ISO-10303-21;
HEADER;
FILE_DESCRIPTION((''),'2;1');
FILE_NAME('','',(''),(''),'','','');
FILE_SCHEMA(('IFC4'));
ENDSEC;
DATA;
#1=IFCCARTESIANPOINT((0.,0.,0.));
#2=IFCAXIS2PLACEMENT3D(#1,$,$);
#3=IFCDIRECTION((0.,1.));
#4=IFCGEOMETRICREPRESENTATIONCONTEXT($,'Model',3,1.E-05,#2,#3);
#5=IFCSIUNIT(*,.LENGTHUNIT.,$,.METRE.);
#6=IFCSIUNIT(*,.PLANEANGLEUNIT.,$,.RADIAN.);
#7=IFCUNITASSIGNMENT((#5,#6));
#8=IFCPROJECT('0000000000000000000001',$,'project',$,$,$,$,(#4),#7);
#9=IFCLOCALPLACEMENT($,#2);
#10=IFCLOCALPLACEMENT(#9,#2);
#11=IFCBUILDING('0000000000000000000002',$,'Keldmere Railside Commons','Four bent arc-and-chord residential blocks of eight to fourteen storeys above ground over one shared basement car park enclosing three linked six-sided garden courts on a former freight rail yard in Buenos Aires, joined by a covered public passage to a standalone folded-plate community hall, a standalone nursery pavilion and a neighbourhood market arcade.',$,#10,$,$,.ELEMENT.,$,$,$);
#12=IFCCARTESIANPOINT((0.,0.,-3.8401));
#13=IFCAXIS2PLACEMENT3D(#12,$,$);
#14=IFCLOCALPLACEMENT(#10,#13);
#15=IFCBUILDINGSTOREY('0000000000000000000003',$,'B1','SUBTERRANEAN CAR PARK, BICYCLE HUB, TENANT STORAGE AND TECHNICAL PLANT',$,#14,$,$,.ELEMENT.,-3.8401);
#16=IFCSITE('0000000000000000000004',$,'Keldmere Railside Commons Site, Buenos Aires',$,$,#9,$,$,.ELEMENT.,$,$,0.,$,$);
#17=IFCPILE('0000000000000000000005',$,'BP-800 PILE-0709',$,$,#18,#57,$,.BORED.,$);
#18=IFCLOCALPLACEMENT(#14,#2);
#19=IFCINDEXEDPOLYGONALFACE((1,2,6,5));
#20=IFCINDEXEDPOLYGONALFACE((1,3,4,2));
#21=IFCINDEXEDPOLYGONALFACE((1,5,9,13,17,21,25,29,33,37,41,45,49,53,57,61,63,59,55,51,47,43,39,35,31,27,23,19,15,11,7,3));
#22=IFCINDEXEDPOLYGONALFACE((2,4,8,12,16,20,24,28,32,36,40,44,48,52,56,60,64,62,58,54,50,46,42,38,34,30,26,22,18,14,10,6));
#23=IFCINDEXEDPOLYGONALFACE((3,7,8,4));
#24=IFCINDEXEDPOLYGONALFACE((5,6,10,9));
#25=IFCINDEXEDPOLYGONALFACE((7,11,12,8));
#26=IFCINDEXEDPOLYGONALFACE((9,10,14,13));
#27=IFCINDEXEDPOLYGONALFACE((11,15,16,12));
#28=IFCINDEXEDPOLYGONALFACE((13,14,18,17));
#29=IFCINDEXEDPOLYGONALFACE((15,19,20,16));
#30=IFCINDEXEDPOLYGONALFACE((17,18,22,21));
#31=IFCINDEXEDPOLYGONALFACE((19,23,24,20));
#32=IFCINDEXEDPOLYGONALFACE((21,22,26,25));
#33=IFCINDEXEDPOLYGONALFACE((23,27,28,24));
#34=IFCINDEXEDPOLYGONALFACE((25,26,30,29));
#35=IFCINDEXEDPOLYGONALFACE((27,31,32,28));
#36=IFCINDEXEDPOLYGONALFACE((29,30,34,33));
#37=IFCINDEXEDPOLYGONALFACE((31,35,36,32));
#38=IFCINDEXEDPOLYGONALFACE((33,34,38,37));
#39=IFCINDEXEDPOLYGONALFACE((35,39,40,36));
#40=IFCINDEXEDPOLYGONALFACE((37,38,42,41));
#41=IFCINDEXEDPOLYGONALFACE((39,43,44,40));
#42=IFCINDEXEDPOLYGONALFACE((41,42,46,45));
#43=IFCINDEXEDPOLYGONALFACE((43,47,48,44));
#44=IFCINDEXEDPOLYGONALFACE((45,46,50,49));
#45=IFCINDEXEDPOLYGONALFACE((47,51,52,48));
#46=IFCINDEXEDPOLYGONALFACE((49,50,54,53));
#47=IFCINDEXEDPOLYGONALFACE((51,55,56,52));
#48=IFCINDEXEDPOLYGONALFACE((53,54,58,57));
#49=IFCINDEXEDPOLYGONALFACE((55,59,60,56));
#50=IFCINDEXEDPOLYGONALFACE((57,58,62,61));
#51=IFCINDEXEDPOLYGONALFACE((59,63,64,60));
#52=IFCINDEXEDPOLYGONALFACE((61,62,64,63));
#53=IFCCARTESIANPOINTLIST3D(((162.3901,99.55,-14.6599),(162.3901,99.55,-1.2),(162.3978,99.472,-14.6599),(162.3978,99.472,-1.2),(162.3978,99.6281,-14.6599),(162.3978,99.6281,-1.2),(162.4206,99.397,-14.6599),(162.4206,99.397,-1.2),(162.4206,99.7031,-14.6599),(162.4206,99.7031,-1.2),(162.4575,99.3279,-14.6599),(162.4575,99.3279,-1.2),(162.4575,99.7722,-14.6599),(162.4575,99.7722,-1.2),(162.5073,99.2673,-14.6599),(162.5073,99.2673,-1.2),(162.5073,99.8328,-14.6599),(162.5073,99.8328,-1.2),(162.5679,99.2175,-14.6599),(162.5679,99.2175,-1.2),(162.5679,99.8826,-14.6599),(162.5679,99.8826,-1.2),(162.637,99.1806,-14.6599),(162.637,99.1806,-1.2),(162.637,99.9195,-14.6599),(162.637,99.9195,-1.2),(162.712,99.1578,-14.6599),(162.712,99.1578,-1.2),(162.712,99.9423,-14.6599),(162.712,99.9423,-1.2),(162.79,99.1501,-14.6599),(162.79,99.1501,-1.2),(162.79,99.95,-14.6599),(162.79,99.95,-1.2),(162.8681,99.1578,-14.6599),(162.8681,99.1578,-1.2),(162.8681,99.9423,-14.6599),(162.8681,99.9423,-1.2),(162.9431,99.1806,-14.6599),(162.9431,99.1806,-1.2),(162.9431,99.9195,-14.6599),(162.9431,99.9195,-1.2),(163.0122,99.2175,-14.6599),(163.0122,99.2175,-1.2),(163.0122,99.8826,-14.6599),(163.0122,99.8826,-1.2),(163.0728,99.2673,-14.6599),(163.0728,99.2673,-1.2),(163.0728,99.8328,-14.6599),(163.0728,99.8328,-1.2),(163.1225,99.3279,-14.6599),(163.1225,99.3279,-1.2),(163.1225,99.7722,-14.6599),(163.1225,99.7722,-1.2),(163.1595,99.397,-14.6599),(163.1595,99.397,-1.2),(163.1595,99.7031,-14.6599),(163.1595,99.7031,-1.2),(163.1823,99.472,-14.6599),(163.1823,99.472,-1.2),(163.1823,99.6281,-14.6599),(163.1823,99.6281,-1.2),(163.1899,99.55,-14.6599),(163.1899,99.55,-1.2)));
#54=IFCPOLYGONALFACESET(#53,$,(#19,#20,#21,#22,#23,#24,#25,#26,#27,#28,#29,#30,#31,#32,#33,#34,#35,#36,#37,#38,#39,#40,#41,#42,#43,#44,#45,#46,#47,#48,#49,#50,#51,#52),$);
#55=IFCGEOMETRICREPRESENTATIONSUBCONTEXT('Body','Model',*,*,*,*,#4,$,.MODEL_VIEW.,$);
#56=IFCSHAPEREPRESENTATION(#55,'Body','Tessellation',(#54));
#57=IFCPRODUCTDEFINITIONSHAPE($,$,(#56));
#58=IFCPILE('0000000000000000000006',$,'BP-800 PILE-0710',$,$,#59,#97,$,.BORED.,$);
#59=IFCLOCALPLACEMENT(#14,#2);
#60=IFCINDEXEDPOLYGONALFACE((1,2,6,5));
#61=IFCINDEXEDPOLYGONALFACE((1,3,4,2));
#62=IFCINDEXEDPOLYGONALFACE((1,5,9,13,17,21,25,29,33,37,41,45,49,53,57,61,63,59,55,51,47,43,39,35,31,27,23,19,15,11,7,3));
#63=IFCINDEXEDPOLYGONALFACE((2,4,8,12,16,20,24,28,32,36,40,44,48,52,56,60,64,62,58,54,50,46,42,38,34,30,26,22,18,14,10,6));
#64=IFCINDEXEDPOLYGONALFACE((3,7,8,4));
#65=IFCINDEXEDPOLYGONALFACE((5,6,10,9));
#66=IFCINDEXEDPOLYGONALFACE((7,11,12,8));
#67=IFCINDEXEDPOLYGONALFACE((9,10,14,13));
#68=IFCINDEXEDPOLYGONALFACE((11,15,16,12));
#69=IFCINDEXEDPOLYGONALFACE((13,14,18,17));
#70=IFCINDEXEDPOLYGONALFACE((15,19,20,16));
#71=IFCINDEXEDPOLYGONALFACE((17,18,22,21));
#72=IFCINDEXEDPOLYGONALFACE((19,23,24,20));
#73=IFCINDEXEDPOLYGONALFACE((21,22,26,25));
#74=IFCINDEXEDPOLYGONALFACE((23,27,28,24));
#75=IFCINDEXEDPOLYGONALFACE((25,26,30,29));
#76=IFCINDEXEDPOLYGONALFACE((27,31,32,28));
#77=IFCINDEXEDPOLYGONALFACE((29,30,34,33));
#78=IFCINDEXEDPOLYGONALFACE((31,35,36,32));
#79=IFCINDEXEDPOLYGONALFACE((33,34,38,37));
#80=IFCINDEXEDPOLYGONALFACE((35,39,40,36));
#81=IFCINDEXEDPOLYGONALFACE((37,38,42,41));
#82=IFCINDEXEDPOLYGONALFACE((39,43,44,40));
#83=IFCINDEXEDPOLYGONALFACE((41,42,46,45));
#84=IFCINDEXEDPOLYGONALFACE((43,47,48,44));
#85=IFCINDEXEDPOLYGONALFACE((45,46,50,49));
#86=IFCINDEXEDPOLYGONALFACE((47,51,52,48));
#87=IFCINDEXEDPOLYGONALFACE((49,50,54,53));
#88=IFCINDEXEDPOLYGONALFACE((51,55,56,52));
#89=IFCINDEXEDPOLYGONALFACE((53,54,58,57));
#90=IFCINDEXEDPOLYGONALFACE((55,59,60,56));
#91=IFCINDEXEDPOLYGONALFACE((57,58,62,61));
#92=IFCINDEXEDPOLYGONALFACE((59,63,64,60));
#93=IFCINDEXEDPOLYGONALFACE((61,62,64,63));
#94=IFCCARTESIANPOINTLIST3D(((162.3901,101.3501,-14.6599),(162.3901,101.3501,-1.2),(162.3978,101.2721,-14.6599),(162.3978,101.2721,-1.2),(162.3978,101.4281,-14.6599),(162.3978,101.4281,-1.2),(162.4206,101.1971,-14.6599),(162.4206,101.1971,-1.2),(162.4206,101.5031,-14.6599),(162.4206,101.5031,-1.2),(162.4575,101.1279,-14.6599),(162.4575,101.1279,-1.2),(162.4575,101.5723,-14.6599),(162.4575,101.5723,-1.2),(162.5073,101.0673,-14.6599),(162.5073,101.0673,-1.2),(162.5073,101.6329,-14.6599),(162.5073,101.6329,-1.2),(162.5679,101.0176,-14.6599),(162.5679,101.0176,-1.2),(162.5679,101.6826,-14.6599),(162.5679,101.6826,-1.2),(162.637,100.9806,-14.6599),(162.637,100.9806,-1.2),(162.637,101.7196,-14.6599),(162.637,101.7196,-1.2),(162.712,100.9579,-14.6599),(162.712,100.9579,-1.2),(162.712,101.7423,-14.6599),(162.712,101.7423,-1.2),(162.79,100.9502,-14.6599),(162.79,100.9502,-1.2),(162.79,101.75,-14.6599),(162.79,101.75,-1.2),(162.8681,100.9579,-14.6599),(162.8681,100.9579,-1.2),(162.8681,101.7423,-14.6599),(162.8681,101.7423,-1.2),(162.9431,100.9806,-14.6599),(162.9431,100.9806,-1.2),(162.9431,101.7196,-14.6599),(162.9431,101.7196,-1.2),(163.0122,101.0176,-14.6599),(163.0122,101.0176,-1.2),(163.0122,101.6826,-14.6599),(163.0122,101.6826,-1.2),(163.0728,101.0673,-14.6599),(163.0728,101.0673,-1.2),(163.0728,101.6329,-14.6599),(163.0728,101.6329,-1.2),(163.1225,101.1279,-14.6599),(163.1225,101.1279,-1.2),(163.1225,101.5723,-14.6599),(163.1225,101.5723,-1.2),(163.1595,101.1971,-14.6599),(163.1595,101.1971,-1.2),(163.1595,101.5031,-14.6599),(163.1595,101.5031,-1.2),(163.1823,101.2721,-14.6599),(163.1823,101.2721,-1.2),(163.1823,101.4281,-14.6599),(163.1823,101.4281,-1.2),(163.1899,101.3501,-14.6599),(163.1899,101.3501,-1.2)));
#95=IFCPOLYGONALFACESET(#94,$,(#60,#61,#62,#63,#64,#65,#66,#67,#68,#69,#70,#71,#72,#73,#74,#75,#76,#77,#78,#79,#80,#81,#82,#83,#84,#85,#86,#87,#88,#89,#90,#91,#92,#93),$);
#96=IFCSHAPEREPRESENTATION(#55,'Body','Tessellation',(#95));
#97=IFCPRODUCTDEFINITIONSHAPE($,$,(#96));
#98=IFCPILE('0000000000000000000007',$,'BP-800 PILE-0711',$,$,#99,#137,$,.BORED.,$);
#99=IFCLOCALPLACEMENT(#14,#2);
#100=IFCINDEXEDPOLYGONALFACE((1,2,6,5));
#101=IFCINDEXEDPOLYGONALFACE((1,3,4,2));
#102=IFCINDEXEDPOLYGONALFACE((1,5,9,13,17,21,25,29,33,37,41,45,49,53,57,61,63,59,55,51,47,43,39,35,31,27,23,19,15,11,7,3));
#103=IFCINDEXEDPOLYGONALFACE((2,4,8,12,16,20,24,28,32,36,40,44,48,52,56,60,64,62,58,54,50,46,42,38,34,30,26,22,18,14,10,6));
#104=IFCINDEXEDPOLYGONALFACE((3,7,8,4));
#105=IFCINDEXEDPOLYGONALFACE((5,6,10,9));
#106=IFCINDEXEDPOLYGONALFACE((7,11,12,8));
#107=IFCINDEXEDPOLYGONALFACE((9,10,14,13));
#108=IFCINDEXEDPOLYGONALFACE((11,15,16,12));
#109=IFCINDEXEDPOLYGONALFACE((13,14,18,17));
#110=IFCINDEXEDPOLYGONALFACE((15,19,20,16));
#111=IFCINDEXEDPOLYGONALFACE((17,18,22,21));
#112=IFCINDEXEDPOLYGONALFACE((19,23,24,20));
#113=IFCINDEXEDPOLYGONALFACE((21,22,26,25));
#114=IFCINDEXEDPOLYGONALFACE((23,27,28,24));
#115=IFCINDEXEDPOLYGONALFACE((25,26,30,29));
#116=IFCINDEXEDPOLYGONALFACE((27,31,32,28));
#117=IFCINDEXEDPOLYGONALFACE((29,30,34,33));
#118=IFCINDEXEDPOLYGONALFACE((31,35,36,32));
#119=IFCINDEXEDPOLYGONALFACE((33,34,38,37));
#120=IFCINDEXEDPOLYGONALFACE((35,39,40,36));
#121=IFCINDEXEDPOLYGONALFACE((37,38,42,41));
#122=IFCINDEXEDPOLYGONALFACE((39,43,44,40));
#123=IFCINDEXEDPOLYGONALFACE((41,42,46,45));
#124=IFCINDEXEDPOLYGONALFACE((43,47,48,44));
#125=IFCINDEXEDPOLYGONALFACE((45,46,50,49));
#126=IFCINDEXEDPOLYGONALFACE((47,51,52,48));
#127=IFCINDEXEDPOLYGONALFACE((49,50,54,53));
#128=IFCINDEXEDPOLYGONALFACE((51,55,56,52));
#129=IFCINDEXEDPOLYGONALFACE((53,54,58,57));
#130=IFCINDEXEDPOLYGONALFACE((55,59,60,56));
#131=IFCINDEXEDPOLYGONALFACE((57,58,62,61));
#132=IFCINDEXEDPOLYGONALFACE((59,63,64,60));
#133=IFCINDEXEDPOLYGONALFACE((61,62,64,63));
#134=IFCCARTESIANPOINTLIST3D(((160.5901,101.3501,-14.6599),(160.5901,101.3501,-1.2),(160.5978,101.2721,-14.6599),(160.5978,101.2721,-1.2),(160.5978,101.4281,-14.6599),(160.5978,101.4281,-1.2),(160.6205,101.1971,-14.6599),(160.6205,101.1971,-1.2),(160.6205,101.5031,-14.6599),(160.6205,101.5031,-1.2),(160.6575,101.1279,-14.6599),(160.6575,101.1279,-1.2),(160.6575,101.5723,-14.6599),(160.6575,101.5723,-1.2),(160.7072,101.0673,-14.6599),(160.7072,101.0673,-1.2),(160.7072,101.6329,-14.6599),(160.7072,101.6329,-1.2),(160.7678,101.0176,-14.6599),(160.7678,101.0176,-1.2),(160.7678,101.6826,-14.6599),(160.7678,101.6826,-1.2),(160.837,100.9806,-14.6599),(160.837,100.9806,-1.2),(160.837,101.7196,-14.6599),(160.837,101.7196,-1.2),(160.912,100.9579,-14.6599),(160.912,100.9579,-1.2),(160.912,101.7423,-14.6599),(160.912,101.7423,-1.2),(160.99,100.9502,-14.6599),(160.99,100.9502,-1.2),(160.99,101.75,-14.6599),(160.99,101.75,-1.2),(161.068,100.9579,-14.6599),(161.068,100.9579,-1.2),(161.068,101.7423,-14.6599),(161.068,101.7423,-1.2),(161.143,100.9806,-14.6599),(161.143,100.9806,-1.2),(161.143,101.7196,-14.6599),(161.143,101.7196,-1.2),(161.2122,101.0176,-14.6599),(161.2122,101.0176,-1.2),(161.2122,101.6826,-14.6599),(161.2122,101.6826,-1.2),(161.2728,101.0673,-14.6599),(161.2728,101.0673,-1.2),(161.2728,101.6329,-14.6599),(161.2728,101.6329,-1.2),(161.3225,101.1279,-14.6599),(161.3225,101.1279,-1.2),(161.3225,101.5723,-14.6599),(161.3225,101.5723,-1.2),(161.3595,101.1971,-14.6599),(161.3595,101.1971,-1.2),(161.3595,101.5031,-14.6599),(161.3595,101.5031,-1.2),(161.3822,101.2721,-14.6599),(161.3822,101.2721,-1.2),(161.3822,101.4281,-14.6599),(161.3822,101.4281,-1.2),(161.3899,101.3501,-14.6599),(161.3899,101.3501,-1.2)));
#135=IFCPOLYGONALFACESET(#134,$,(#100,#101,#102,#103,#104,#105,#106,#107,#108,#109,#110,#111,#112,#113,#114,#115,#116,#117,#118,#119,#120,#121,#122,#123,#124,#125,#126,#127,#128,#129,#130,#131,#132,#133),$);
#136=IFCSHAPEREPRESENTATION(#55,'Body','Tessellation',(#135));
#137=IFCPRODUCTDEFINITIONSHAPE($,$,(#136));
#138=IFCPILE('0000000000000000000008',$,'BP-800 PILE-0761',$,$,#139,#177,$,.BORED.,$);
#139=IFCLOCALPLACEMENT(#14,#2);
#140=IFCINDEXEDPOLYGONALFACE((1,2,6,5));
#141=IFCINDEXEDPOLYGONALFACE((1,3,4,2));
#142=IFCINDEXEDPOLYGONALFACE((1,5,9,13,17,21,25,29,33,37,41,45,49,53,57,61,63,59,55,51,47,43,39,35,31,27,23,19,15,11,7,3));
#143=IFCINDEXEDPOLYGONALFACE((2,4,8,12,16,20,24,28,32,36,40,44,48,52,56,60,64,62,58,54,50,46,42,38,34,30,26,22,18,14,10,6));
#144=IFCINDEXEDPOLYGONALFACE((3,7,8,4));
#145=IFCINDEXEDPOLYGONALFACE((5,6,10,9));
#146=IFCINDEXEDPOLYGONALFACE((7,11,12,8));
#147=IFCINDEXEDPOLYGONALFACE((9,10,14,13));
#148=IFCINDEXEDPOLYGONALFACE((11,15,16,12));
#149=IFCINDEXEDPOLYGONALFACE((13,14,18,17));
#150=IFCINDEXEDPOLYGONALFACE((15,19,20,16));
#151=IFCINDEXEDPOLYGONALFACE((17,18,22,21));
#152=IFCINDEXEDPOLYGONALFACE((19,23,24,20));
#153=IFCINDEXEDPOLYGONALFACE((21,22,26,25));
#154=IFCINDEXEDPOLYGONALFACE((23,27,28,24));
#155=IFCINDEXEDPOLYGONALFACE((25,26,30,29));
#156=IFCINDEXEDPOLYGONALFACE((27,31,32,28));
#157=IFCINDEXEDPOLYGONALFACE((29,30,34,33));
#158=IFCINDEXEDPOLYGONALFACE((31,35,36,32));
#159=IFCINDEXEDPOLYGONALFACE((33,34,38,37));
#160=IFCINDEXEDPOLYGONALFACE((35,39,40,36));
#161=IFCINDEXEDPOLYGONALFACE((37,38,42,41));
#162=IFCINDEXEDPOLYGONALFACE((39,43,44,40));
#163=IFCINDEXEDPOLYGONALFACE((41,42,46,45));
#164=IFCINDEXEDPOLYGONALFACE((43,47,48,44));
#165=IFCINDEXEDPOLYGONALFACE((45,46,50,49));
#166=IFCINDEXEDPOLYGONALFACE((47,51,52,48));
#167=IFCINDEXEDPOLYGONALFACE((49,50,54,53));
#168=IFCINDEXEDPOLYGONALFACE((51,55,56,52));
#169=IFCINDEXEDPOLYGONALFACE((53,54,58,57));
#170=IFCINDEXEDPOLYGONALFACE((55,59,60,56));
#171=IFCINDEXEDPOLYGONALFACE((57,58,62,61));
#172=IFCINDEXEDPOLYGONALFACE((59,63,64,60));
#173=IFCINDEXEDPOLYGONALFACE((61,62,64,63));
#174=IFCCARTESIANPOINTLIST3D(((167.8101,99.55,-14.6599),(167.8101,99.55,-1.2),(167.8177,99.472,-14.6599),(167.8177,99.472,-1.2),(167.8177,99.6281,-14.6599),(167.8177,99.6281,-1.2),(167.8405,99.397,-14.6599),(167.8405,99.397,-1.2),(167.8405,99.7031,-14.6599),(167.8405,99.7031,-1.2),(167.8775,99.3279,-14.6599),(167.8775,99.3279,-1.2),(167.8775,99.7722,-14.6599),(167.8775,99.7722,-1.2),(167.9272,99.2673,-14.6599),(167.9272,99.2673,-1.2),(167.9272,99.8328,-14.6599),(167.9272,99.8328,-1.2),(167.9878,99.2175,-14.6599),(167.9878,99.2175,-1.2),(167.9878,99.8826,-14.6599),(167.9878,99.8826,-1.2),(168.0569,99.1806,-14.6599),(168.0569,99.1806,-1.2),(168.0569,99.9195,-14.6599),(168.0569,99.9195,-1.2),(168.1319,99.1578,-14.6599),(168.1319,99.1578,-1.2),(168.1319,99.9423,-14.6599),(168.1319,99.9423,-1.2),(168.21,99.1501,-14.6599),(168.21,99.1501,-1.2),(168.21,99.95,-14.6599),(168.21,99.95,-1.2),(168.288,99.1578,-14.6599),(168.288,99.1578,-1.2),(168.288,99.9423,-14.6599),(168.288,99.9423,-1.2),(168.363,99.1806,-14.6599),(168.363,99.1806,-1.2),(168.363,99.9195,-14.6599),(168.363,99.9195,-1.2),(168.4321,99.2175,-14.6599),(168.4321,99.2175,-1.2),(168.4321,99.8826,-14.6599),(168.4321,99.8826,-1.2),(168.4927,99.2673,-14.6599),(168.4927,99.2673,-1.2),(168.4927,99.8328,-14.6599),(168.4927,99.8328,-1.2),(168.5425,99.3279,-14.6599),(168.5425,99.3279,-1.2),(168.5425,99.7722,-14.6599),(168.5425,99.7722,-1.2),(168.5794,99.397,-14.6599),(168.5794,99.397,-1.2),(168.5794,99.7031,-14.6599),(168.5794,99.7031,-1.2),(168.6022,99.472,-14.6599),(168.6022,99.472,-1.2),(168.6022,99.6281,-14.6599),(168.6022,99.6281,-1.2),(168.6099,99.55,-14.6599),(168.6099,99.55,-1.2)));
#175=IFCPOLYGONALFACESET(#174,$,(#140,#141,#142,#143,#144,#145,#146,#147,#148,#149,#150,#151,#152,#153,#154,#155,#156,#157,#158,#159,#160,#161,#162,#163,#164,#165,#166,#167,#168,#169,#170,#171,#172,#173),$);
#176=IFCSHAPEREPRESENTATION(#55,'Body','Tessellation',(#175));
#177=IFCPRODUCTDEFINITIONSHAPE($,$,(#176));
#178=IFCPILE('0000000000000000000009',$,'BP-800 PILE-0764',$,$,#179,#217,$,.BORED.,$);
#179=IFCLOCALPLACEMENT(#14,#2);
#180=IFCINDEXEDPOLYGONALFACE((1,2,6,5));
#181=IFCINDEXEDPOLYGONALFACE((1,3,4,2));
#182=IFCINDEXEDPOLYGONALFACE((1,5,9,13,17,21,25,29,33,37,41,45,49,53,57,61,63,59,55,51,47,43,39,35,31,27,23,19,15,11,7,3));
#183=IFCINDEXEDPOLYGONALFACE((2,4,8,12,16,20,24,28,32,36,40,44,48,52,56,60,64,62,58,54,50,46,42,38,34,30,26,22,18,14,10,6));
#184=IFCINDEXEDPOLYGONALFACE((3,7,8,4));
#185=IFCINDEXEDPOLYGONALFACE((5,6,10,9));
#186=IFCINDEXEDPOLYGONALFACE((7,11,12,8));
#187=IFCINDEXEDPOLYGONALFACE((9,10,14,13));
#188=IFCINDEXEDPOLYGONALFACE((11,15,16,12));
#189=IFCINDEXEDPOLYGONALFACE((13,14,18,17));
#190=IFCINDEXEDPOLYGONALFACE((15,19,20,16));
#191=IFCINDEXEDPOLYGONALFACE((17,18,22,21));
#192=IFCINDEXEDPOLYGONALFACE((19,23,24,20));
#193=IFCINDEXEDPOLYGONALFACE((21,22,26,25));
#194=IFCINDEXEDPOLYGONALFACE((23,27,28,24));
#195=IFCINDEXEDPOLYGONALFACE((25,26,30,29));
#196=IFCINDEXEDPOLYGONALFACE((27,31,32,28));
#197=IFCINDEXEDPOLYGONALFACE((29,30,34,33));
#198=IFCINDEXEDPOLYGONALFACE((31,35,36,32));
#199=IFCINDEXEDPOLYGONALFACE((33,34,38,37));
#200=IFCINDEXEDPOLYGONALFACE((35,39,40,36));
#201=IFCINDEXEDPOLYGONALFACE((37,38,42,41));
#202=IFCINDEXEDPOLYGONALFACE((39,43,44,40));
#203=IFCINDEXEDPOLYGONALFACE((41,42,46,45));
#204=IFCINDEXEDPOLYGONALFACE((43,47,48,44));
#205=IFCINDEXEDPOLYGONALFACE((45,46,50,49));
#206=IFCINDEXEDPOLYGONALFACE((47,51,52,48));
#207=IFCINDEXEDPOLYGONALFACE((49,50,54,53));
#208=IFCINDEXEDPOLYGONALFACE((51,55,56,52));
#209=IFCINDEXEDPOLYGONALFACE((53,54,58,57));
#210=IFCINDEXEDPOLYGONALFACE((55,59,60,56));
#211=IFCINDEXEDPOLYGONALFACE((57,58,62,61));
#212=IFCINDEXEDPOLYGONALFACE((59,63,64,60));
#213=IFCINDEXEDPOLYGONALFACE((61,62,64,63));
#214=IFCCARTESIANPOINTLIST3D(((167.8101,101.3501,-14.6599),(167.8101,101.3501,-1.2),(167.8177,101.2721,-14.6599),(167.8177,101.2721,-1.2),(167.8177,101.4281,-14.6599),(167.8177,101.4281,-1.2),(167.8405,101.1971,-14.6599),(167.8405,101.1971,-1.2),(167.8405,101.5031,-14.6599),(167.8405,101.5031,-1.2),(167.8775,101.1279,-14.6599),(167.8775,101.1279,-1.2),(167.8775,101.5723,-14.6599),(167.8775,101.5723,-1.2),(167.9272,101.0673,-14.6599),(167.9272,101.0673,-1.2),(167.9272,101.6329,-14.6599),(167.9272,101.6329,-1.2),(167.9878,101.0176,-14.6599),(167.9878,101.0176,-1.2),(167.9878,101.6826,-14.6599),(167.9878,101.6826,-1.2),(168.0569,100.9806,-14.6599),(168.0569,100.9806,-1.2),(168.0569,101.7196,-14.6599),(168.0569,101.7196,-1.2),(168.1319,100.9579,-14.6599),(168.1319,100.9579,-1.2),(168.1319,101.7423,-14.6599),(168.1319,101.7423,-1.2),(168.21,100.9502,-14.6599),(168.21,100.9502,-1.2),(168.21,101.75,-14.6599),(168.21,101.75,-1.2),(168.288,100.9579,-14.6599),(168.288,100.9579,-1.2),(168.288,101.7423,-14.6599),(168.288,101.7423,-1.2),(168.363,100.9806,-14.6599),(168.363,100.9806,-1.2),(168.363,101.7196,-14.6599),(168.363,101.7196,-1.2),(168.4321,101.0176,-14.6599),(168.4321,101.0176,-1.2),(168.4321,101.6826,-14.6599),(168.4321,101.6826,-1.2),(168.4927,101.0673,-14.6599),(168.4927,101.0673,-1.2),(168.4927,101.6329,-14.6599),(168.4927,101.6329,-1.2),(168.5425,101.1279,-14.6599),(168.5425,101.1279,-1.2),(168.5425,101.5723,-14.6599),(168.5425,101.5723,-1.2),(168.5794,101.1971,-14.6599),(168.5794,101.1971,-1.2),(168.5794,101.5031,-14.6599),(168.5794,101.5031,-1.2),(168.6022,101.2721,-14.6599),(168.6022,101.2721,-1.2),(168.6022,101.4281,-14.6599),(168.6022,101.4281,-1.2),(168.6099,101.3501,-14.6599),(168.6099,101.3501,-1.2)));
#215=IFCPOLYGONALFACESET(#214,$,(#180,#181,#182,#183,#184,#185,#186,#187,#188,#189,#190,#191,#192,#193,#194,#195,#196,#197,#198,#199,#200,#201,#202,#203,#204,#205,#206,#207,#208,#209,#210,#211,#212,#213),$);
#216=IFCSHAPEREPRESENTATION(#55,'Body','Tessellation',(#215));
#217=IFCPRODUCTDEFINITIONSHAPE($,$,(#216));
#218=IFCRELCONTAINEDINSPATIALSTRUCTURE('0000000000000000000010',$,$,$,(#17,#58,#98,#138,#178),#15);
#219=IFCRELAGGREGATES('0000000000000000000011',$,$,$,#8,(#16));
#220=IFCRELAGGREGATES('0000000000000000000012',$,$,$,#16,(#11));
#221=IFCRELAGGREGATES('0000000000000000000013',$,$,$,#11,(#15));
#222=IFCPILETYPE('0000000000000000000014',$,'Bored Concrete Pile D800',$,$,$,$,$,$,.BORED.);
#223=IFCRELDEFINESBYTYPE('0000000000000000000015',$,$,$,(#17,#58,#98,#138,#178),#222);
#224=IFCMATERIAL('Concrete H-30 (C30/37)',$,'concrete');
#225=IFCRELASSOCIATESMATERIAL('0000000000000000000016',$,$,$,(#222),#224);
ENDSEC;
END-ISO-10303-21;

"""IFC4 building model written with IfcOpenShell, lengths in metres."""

from ifc_helpers import new_model, si_unit, direction, frame, origin, origin_2d, place, context, subcontext, project, spatial, circle, extrude, material, material_profile, profile_set, type_object, element, save


model = new_model("IFC4")

# Units and contexts
model_context = context("Model", 3, precision=1e-05, world=origin(), true_north=direction((0.0, 1.0)))
body_context = subcontext(model_context, "Body", "Model", "MODEL_VIEW")
ifc_project = project(units=[si_unit("LENGTHUNIT", "METRE"), si_unit("PLANEANGLEUNIT", "RADIAN")], contexts=[model_context])

# Site, building, storey
site_placement = place(None, origin())
site = spatial("IfcSite", under=ifc_project, at=site_placement, Name="Keldmere Railside Commons Site, Buenos Aires", CompositionType="ELEMENT", RefElevation=0.0)
building_placement = place(site_placement, origin())
building = spatial("IfcBuilding", under=site, at=building_placement, Name="Keldmere Railside Commons", Description="Four bent arc-and-chord residential blocks of eight to fourteen storeys above ground over one shared basement car park enclosing three linked six-sided garden courts on a former freight rail yard in Buenos Aires, joined by a covered public passage to a standalone folded-plate community hall, a standalone nursery pavilion and a neighbourhood market arcade.", CompositionType="ELEMENT")
storey_placement = place(building_placement, frame((0.0, 0.0, -3.8401)))
storey = spatial("IfcBuildingStorey", under=building, at=storey_placement, Name="B1", Description="SUBTERRANEAN CAR PARK, BICYCLE HUB, TENANT STORAGE AND TECHNICAL PLANT", CompositionType="ELEMENT", Elevation=-3.8401)

# Piles
ifc_material_1 = material(Name="Concrete H-30 (C30/37)", Category="concrete")
ifc_material_profile_1 = material_profile(ifc_material_1, circle(Radius=0.3999, at=origin_2d()), Name="PILE-D800")
ifc_profile_set_1 = profile_set([ifc_material_profile_1], Name="Concrete H-30 (C30/37)")
pile_type_1 = type_object("IfcPileType", Name="Bored Concrete Pile D800", PredefinedType="BORED", material=ifc_profile_set_1)
for number, where, z_axis, x_axis, name in (
    (1, (162.79, 99.55, -1.2), (0.0, 0.0, -1.0), (1.0, 0.0, 0.0), "BP-800 PILE-0709"),
    (2, (162.79, 101.3501, -1.2), (0.0, 0.0, -1.0), (1.0, 0.0, 0.0), "BP-800 PILE-0710"),
    (3, (160.99, 101.3501, -1.2), (0.0, 0.0, -1.0), (1.0, 0.0, 0.0), "BP-800 PILE-0711"),
    (4, (168.21, 99.55, -1.2), (0.0, 0.0, -1.0), (1.0, 0.0, 0.0), "BP-800 PILE-0761"),
    (5, (168.21, 101.3501, -1.2), (0.0, 0.0, -1.0), (1.0, 0.0, 0.0), "BP-800 PILE-0764"),
):
    element("IfcPile", number, at=place(storey_placement, frame(where, z_axis=z_axis, x_axis=x_axis)), inside=storey, type_object=pile_type_1, Name=name, PredefinedType="BORED", context=body_context, shape_type="SweptSolid", body=[
        extrude(circle(Radius=0.3999, at=origin_2d()), origin(), (0.0, 0.0, 1.0), 13.46),
    ])

save(model, "model.ifc")
